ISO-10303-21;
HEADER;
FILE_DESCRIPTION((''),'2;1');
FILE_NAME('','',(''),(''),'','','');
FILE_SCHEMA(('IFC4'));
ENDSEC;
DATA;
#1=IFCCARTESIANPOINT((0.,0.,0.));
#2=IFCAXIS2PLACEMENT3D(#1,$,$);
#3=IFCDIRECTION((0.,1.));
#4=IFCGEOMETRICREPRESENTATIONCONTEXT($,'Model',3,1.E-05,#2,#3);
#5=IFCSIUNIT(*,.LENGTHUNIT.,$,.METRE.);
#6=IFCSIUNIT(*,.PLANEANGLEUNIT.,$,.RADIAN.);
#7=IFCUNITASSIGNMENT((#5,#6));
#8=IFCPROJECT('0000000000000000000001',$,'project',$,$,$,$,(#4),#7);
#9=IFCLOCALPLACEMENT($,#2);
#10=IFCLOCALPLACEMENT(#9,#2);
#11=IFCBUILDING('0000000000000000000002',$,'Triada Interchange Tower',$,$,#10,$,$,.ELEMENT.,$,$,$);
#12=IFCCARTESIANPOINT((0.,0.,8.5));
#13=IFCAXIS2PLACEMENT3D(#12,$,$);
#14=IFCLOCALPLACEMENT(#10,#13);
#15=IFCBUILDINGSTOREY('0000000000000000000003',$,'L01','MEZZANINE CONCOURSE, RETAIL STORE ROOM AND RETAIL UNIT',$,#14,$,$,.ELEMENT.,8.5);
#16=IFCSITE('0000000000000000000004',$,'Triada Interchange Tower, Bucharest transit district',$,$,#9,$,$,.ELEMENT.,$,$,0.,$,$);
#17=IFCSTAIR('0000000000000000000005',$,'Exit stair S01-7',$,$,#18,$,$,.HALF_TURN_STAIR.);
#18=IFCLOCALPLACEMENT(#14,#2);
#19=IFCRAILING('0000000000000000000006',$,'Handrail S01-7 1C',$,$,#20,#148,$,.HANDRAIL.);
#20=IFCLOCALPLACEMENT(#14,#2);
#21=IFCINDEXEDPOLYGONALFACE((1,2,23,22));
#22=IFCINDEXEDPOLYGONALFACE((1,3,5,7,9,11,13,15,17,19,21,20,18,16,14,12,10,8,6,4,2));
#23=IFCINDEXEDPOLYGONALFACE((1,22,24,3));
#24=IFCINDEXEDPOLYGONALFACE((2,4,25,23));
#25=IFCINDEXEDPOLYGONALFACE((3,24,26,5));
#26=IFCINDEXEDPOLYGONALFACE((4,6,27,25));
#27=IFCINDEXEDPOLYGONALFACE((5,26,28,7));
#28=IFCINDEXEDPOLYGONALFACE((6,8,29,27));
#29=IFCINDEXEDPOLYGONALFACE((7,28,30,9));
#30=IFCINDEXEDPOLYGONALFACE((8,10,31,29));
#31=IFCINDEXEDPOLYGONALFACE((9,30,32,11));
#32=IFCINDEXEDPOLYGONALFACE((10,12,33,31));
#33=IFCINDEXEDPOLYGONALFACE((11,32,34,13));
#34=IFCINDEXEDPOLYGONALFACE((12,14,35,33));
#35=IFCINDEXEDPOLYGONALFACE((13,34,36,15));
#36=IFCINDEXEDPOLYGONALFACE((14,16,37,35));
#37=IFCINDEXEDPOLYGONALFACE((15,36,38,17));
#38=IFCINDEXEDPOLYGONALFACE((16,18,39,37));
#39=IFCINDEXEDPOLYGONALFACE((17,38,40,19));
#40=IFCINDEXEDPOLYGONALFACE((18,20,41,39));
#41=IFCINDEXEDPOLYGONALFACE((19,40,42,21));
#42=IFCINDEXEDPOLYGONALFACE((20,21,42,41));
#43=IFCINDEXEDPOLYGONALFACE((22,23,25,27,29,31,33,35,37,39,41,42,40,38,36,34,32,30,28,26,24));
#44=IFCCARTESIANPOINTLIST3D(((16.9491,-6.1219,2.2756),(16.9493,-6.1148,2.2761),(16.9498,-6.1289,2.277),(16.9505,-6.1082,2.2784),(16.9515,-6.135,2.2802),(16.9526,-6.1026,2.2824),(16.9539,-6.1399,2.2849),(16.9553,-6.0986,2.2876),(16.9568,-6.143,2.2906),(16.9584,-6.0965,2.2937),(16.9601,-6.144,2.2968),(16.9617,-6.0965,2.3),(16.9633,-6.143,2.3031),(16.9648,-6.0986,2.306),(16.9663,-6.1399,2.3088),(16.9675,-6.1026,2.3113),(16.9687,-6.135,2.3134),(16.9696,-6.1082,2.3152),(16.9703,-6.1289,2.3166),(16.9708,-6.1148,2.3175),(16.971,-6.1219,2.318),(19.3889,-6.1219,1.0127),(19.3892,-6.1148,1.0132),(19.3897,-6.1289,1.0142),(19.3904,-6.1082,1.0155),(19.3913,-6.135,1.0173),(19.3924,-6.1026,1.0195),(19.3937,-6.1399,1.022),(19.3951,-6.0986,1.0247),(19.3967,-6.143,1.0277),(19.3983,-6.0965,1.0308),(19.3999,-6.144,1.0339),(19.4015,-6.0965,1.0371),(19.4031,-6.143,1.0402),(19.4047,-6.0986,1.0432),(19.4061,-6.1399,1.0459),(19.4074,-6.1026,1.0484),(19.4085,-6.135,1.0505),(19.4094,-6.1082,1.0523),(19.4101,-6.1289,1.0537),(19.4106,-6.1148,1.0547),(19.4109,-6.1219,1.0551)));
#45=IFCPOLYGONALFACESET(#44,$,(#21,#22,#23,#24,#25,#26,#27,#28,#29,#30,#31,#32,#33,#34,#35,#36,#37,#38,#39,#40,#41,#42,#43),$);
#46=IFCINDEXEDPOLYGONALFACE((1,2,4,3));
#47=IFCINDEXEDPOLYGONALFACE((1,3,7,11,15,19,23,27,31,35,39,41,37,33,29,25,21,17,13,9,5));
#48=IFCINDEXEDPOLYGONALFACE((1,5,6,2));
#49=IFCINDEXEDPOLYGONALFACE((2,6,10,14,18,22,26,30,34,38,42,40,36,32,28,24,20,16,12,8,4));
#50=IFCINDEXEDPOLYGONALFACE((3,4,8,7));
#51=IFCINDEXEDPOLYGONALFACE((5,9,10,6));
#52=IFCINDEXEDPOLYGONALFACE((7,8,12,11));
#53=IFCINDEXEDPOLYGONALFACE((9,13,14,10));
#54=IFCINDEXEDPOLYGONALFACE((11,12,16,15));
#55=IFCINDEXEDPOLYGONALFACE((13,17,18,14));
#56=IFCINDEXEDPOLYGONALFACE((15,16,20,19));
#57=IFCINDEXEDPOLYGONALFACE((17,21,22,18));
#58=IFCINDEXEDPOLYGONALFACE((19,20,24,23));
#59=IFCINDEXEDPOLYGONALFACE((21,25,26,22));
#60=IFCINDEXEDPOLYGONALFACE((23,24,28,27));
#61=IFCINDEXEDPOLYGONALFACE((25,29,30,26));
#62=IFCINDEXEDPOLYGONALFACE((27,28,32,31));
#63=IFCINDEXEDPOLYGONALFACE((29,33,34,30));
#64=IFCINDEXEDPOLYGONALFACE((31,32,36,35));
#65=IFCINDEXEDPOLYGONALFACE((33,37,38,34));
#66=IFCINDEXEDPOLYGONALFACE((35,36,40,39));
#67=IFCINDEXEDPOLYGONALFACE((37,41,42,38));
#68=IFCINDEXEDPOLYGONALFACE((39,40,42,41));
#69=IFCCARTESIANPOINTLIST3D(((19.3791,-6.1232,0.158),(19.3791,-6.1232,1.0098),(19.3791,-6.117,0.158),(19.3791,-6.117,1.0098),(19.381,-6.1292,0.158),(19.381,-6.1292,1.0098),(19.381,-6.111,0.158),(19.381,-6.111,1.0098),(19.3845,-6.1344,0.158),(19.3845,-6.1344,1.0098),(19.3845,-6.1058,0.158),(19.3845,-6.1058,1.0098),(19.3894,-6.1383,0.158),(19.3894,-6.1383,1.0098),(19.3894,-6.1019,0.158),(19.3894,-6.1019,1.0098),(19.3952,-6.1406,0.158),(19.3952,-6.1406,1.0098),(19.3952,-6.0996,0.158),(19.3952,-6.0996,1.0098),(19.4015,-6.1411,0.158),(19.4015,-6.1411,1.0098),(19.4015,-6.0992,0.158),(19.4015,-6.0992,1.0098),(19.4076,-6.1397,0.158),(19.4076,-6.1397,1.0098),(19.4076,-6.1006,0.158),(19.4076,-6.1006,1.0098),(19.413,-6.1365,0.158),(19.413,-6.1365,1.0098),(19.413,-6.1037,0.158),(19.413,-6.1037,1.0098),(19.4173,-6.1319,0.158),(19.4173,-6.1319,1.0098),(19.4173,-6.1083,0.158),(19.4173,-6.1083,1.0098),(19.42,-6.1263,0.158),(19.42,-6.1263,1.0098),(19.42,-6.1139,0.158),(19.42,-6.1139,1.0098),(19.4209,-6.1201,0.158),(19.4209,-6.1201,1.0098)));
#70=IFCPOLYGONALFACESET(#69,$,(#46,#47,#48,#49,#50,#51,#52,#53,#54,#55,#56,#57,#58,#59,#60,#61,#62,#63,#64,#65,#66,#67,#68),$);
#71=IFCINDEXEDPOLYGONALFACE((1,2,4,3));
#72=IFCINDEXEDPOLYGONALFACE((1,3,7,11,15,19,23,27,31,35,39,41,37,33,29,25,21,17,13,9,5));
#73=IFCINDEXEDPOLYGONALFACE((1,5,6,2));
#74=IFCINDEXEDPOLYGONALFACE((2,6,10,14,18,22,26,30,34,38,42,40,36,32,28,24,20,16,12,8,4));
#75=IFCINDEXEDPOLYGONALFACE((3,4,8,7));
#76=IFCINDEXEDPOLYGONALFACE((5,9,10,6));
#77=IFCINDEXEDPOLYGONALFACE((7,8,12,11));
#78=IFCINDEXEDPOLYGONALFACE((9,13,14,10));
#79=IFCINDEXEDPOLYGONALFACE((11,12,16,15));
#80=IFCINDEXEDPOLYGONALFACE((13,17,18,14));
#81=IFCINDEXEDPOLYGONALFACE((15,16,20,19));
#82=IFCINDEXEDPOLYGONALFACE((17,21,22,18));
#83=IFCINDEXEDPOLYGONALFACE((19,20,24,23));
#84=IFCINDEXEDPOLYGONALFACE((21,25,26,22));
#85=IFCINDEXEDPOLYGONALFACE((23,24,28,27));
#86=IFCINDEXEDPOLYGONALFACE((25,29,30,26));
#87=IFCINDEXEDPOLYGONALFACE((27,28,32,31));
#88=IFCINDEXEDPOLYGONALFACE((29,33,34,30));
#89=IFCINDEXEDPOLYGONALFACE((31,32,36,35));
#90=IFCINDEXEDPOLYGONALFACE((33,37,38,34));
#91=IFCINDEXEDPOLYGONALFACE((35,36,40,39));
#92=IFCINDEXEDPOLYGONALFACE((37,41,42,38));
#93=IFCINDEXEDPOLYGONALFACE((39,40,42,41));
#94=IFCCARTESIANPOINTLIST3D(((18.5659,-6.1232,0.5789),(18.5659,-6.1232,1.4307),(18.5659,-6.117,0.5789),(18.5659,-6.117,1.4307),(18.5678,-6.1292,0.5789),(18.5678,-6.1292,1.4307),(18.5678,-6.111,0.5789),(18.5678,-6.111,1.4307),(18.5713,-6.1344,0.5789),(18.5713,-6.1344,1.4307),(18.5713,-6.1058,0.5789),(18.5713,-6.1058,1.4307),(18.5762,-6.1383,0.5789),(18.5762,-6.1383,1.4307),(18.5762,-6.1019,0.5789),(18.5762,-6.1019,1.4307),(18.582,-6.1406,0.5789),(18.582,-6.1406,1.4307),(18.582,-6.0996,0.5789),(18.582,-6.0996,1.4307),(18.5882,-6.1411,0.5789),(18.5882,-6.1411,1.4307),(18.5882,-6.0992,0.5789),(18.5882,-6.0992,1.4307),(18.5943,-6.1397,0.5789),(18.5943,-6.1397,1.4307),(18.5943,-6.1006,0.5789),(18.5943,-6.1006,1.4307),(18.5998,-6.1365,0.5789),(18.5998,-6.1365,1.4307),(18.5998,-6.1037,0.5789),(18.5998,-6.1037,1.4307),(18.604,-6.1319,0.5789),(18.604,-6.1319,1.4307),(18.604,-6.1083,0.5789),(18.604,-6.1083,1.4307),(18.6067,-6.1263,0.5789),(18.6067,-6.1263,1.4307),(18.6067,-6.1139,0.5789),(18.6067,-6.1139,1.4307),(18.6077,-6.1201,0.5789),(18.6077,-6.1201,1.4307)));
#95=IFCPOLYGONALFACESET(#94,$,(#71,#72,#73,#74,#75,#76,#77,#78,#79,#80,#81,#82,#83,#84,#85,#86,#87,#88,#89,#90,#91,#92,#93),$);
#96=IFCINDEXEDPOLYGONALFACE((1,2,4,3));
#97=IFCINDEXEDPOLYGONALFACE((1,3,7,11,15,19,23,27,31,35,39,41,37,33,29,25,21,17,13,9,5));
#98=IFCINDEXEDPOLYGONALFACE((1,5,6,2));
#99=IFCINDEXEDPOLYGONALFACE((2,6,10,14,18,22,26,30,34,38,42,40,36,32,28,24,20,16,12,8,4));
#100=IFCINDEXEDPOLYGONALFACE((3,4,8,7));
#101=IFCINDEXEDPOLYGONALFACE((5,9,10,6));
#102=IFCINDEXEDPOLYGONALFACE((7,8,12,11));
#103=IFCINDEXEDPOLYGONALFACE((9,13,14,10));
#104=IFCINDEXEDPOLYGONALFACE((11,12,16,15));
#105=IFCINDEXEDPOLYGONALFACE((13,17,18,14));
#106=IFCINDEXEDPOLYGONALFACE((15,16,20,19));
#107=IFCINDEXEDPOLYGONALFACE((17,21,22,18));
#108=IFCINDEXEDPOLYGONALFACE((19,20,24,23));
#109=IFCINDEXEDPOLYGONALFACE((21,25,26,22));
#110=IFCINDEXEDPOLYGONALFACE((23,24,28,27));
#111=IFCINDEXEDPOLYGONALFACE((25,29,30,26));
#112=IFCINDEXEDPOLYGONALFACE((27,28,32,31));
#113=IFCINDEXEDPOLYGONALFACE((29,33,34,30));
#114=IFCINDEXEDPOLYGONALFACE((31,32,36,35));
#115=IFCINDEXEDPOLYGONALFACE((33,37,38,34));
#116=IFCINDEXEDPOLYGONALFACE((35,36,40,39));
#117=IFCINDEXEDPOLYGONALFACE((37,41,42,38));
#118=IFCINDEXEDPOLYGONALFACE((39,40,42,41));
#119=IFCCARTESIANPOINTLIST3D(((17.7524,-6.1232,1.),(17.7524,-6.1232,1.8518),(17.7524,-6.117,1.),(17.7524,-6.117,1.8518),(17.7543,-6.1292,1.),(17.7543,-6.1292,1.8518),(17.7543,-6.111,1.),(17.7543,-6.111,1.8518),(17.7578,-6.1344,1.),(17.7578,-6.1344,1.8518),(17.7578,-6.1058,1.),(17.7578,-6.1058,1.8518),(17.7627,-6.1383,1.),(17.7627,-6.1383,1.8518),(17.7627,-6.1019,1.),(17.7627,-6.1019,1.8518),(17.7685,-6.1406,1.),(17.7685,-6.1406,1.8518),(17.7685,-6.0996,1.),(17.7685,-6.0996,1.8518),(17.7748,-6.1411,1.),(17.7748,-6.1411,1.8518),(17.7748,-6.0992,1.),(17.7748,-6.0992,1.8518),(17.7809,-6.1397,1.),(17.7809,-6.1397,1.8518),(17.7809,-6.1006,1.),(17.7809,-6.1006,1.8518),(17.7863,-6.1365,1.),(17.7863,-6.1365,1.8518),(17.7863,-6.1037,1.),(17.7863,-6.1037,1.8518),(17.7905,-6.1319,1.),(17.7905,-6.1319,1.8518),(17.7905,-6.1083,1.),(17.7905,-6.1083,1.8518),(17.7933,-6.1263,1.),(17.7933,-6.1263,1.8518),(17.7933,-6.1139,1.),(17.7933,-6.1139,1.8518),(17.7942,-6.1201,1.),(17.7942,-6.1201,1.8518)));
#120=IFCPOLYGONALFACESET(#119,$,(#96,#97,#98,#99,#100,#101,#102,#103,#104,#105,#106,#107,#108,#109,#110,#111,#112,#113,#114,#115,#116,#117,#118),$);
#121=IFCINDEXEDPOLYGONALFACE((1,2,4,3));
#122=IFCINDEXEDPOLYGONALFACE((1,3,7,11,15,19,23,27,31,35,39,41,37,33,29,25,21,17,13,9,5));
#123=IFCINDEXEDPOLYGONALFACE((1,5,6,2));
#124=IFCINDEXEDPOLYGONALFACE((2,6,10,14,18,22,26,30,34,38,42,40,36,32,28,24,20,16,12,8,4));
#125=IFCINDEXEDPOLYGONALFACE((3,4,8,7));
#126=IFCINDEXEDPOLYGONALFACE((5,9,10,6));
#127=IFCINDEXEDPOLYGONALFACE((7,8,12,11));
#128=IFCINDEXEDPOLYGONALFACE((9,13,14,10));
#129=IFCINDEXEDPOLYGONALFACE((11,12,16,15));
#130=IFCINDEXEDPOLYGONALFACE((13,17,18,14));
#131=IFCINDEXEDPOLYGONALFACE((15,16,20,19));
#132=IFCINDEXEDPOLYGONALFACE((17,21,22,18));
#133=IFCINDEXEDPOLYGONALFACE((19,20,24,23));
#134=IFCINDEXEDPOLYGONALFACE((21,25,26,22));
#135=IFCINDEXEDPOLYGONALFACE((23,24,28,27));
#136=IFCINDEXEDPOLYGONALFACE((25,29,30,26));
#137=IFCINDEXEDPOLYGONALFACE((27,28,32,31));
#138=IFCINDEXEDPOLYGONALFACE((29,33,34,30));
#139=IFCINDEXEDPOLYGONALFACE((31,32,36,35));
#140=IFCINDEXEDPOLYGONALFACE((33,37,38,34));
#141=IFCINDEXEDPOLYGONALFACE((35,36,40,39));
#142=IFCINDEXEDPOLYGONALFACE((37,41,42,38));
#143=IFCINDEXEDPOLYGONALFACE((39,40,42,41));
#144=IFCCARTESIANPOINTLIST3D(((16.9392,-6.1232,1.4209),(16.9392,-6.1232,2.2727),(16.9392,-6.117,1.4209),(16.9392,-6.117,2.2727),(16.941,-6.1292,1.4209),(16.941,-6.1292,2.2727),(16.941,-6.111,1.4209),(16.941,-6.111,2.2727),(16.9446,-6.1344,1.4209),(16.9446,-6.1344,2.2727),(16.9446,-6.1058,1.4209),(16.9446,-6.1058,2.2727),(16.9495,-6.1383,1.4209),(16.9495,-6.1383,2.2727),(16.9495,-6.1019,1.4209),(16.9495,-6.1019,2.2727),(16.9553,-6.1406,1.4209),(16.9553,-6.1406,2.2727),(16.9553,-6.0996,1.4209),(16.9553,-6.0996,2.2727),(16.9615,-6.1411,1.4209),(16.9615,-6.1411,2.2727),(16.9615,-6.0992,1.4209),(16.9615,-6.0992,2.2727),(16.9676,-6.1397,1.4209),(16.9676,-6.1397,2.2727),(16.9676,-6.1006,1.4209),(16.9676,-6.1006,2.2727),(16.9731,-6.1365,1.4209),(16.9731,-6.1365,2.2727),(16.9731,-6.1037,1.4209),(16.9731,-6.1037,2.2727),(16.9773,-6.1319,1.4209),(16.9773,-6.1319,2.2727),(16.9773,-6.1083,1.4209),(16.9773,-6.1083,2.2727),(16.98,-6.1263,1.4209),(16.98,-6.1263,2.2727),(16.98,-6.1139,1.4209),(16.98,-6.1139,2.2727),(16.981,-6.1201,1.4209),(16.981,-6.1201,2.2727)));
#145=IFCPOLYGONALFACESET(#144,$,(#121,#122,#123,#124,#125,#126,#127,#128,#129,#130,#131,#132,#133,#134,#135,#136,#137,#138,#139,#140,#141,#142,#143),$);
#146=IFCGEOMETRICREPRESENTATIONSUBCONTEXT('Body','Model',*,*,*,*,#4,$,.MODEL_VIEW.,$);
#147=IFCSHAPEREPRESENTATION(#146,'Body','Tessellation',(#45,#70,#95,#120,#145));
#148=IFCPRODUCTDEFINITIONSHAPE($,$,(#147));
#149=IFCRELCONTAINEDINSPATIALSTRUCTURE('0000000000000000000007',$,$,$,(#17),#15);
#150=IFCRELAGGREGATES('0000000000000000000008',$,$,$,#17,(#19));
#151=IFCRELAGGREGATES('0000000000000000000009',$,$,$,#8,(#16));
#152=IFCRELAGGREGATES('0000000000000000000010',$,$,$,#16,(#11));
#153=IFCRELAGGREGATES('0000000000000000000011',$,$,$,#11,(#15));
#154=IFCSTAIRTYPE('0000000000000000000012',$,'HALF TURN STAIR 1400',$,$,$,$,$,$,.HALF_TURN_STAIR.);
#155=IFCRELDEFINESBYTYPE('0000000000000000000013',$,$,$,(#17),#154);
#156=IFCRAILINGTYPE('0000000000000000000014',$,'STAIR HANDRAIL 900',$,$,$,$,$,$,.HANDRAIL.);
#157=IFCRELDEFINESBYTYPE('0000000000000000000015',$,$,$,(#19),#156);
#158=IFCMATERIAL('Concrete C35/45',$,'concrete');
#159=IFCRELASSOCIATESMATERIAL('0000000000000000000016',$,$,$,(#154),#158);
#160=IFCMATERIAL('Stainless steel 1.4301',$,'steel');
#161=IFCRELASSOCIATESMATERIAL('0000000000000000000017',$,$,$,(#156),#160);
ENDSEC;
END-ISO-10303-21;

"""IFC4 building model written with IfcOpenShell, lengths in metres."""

from ifc_helpers import new_model, si_unit, direction, frame, origin, origin_2d, place, context, subcontext, project, spatial, circle, extrude, material, type_object, element, aggregate, save


model = new_model("IFC4")

# Units and contexts
model_context = context("Model", 3, precision=1e-05, world=origin(), true_north=direction((0.0, 1.0)))
body_context = subcontext(model_context, "Body", "Model", "MODEL_VIEW")
ifc_project = project(units=[si_unit("LENGTHUNIT", "METRE"), si_unit("PLANEANGLEUNIT", "RADIAN")], contexts=[model_context])

# Site, building, storey
site_placement = place(None, origin())
site = spatial("IfcSite", under=ifc_project, at=site_placement, Name="Triada Interchange Tower, Bucharest transit district", CompositionType="ELEMENT", RefElevation=0.0)
building_placement = place(site_placement, origin())
building = spatial("IfcBuilding", under=site, at=building_placement, Name="Triada Interchange Tower", CompositionType="ELEMENT")
storey_placement = place(building_placement, frame((0.0, 0.0, 8.5)))
storey = spatial("IfcBuildingStorey", under=building, at=storey_placement, Name="L01", Description="MEZZANINE CONCOURSE, RETAIL STORE ROOM AND RETAIL UNIT", CompositionType="ELEMENT", Elevation=8.5)

# Shared definitions
ifc_material_1 = material(Name="Concrete C35/45", Category="concrete")

# Stair, railing
stair_type = type_object("IfcStairType", Name="HALF TURN STAIR 1400", PredefinedType="HALF_TURN_STAIR", material=ifc_material_1)
stair_placement = place(storey_placement, origin())
stair = element("IfcStair", 1, at=stair_placement, inside=storey, type_object=stair_type, Name="Exit stair S01-7", PredefinedType="HALF_TURN_STAIR")
ifc_material_2 = material(Name="Stainless steel 1.4301", Category="steel")
railing_type_1 = type_object("IfcRailingType", Name="STAIR HANDRAIL 900", PredefinedType="HANDRAIL", material=ifc_material_2)
railing_1_placement = place(storey_placement, frame((19.3999, -6.1201, 0.158)))
railing_1 = element("IfcRailing", 2, at=railing_1_placement, type_object=railing_type_1, Name="Handrail S01-7 1C", PredefinedType="HANDRAIL", context=body_context, shape_type="SweptSolid", body=[
    extrude(circle(Radius=0.0239, at=origin_2d()), frame((0.0, 0.0, 0.876), z_axis=(-0.888084, 0.0, 0.459682), x_axis=(0.0, -1.0, 0.0)), (0.0, 0.0, 1.0), 2.7473),
    extrude(circle(Radius=0.021, at=origin_2d()), origin(), (0.0, 0.0, 1.0), 0.8518),
    extrude(circle(Radius=0.021, at=origin_2d()), frame((-0.8132, 0.0, 0.4209)), (0.0, 0.0, 1.0), 0.8518),
    extrude(circle(Radius=0.021, at=origin_2d()), frame((-1.6267, 0.0, 0.842)), (0.0, 0.0, 1.0), 0.8518),
    extrude(circle(Radius=0.021, at=origin_2d()), frame((-2.4399, 0.0, 1.2629)), (0.0, 0.0, 1.0), 0.8518),
])
aggregate(stair, [railing_1])

save(model, "model.ifc")
